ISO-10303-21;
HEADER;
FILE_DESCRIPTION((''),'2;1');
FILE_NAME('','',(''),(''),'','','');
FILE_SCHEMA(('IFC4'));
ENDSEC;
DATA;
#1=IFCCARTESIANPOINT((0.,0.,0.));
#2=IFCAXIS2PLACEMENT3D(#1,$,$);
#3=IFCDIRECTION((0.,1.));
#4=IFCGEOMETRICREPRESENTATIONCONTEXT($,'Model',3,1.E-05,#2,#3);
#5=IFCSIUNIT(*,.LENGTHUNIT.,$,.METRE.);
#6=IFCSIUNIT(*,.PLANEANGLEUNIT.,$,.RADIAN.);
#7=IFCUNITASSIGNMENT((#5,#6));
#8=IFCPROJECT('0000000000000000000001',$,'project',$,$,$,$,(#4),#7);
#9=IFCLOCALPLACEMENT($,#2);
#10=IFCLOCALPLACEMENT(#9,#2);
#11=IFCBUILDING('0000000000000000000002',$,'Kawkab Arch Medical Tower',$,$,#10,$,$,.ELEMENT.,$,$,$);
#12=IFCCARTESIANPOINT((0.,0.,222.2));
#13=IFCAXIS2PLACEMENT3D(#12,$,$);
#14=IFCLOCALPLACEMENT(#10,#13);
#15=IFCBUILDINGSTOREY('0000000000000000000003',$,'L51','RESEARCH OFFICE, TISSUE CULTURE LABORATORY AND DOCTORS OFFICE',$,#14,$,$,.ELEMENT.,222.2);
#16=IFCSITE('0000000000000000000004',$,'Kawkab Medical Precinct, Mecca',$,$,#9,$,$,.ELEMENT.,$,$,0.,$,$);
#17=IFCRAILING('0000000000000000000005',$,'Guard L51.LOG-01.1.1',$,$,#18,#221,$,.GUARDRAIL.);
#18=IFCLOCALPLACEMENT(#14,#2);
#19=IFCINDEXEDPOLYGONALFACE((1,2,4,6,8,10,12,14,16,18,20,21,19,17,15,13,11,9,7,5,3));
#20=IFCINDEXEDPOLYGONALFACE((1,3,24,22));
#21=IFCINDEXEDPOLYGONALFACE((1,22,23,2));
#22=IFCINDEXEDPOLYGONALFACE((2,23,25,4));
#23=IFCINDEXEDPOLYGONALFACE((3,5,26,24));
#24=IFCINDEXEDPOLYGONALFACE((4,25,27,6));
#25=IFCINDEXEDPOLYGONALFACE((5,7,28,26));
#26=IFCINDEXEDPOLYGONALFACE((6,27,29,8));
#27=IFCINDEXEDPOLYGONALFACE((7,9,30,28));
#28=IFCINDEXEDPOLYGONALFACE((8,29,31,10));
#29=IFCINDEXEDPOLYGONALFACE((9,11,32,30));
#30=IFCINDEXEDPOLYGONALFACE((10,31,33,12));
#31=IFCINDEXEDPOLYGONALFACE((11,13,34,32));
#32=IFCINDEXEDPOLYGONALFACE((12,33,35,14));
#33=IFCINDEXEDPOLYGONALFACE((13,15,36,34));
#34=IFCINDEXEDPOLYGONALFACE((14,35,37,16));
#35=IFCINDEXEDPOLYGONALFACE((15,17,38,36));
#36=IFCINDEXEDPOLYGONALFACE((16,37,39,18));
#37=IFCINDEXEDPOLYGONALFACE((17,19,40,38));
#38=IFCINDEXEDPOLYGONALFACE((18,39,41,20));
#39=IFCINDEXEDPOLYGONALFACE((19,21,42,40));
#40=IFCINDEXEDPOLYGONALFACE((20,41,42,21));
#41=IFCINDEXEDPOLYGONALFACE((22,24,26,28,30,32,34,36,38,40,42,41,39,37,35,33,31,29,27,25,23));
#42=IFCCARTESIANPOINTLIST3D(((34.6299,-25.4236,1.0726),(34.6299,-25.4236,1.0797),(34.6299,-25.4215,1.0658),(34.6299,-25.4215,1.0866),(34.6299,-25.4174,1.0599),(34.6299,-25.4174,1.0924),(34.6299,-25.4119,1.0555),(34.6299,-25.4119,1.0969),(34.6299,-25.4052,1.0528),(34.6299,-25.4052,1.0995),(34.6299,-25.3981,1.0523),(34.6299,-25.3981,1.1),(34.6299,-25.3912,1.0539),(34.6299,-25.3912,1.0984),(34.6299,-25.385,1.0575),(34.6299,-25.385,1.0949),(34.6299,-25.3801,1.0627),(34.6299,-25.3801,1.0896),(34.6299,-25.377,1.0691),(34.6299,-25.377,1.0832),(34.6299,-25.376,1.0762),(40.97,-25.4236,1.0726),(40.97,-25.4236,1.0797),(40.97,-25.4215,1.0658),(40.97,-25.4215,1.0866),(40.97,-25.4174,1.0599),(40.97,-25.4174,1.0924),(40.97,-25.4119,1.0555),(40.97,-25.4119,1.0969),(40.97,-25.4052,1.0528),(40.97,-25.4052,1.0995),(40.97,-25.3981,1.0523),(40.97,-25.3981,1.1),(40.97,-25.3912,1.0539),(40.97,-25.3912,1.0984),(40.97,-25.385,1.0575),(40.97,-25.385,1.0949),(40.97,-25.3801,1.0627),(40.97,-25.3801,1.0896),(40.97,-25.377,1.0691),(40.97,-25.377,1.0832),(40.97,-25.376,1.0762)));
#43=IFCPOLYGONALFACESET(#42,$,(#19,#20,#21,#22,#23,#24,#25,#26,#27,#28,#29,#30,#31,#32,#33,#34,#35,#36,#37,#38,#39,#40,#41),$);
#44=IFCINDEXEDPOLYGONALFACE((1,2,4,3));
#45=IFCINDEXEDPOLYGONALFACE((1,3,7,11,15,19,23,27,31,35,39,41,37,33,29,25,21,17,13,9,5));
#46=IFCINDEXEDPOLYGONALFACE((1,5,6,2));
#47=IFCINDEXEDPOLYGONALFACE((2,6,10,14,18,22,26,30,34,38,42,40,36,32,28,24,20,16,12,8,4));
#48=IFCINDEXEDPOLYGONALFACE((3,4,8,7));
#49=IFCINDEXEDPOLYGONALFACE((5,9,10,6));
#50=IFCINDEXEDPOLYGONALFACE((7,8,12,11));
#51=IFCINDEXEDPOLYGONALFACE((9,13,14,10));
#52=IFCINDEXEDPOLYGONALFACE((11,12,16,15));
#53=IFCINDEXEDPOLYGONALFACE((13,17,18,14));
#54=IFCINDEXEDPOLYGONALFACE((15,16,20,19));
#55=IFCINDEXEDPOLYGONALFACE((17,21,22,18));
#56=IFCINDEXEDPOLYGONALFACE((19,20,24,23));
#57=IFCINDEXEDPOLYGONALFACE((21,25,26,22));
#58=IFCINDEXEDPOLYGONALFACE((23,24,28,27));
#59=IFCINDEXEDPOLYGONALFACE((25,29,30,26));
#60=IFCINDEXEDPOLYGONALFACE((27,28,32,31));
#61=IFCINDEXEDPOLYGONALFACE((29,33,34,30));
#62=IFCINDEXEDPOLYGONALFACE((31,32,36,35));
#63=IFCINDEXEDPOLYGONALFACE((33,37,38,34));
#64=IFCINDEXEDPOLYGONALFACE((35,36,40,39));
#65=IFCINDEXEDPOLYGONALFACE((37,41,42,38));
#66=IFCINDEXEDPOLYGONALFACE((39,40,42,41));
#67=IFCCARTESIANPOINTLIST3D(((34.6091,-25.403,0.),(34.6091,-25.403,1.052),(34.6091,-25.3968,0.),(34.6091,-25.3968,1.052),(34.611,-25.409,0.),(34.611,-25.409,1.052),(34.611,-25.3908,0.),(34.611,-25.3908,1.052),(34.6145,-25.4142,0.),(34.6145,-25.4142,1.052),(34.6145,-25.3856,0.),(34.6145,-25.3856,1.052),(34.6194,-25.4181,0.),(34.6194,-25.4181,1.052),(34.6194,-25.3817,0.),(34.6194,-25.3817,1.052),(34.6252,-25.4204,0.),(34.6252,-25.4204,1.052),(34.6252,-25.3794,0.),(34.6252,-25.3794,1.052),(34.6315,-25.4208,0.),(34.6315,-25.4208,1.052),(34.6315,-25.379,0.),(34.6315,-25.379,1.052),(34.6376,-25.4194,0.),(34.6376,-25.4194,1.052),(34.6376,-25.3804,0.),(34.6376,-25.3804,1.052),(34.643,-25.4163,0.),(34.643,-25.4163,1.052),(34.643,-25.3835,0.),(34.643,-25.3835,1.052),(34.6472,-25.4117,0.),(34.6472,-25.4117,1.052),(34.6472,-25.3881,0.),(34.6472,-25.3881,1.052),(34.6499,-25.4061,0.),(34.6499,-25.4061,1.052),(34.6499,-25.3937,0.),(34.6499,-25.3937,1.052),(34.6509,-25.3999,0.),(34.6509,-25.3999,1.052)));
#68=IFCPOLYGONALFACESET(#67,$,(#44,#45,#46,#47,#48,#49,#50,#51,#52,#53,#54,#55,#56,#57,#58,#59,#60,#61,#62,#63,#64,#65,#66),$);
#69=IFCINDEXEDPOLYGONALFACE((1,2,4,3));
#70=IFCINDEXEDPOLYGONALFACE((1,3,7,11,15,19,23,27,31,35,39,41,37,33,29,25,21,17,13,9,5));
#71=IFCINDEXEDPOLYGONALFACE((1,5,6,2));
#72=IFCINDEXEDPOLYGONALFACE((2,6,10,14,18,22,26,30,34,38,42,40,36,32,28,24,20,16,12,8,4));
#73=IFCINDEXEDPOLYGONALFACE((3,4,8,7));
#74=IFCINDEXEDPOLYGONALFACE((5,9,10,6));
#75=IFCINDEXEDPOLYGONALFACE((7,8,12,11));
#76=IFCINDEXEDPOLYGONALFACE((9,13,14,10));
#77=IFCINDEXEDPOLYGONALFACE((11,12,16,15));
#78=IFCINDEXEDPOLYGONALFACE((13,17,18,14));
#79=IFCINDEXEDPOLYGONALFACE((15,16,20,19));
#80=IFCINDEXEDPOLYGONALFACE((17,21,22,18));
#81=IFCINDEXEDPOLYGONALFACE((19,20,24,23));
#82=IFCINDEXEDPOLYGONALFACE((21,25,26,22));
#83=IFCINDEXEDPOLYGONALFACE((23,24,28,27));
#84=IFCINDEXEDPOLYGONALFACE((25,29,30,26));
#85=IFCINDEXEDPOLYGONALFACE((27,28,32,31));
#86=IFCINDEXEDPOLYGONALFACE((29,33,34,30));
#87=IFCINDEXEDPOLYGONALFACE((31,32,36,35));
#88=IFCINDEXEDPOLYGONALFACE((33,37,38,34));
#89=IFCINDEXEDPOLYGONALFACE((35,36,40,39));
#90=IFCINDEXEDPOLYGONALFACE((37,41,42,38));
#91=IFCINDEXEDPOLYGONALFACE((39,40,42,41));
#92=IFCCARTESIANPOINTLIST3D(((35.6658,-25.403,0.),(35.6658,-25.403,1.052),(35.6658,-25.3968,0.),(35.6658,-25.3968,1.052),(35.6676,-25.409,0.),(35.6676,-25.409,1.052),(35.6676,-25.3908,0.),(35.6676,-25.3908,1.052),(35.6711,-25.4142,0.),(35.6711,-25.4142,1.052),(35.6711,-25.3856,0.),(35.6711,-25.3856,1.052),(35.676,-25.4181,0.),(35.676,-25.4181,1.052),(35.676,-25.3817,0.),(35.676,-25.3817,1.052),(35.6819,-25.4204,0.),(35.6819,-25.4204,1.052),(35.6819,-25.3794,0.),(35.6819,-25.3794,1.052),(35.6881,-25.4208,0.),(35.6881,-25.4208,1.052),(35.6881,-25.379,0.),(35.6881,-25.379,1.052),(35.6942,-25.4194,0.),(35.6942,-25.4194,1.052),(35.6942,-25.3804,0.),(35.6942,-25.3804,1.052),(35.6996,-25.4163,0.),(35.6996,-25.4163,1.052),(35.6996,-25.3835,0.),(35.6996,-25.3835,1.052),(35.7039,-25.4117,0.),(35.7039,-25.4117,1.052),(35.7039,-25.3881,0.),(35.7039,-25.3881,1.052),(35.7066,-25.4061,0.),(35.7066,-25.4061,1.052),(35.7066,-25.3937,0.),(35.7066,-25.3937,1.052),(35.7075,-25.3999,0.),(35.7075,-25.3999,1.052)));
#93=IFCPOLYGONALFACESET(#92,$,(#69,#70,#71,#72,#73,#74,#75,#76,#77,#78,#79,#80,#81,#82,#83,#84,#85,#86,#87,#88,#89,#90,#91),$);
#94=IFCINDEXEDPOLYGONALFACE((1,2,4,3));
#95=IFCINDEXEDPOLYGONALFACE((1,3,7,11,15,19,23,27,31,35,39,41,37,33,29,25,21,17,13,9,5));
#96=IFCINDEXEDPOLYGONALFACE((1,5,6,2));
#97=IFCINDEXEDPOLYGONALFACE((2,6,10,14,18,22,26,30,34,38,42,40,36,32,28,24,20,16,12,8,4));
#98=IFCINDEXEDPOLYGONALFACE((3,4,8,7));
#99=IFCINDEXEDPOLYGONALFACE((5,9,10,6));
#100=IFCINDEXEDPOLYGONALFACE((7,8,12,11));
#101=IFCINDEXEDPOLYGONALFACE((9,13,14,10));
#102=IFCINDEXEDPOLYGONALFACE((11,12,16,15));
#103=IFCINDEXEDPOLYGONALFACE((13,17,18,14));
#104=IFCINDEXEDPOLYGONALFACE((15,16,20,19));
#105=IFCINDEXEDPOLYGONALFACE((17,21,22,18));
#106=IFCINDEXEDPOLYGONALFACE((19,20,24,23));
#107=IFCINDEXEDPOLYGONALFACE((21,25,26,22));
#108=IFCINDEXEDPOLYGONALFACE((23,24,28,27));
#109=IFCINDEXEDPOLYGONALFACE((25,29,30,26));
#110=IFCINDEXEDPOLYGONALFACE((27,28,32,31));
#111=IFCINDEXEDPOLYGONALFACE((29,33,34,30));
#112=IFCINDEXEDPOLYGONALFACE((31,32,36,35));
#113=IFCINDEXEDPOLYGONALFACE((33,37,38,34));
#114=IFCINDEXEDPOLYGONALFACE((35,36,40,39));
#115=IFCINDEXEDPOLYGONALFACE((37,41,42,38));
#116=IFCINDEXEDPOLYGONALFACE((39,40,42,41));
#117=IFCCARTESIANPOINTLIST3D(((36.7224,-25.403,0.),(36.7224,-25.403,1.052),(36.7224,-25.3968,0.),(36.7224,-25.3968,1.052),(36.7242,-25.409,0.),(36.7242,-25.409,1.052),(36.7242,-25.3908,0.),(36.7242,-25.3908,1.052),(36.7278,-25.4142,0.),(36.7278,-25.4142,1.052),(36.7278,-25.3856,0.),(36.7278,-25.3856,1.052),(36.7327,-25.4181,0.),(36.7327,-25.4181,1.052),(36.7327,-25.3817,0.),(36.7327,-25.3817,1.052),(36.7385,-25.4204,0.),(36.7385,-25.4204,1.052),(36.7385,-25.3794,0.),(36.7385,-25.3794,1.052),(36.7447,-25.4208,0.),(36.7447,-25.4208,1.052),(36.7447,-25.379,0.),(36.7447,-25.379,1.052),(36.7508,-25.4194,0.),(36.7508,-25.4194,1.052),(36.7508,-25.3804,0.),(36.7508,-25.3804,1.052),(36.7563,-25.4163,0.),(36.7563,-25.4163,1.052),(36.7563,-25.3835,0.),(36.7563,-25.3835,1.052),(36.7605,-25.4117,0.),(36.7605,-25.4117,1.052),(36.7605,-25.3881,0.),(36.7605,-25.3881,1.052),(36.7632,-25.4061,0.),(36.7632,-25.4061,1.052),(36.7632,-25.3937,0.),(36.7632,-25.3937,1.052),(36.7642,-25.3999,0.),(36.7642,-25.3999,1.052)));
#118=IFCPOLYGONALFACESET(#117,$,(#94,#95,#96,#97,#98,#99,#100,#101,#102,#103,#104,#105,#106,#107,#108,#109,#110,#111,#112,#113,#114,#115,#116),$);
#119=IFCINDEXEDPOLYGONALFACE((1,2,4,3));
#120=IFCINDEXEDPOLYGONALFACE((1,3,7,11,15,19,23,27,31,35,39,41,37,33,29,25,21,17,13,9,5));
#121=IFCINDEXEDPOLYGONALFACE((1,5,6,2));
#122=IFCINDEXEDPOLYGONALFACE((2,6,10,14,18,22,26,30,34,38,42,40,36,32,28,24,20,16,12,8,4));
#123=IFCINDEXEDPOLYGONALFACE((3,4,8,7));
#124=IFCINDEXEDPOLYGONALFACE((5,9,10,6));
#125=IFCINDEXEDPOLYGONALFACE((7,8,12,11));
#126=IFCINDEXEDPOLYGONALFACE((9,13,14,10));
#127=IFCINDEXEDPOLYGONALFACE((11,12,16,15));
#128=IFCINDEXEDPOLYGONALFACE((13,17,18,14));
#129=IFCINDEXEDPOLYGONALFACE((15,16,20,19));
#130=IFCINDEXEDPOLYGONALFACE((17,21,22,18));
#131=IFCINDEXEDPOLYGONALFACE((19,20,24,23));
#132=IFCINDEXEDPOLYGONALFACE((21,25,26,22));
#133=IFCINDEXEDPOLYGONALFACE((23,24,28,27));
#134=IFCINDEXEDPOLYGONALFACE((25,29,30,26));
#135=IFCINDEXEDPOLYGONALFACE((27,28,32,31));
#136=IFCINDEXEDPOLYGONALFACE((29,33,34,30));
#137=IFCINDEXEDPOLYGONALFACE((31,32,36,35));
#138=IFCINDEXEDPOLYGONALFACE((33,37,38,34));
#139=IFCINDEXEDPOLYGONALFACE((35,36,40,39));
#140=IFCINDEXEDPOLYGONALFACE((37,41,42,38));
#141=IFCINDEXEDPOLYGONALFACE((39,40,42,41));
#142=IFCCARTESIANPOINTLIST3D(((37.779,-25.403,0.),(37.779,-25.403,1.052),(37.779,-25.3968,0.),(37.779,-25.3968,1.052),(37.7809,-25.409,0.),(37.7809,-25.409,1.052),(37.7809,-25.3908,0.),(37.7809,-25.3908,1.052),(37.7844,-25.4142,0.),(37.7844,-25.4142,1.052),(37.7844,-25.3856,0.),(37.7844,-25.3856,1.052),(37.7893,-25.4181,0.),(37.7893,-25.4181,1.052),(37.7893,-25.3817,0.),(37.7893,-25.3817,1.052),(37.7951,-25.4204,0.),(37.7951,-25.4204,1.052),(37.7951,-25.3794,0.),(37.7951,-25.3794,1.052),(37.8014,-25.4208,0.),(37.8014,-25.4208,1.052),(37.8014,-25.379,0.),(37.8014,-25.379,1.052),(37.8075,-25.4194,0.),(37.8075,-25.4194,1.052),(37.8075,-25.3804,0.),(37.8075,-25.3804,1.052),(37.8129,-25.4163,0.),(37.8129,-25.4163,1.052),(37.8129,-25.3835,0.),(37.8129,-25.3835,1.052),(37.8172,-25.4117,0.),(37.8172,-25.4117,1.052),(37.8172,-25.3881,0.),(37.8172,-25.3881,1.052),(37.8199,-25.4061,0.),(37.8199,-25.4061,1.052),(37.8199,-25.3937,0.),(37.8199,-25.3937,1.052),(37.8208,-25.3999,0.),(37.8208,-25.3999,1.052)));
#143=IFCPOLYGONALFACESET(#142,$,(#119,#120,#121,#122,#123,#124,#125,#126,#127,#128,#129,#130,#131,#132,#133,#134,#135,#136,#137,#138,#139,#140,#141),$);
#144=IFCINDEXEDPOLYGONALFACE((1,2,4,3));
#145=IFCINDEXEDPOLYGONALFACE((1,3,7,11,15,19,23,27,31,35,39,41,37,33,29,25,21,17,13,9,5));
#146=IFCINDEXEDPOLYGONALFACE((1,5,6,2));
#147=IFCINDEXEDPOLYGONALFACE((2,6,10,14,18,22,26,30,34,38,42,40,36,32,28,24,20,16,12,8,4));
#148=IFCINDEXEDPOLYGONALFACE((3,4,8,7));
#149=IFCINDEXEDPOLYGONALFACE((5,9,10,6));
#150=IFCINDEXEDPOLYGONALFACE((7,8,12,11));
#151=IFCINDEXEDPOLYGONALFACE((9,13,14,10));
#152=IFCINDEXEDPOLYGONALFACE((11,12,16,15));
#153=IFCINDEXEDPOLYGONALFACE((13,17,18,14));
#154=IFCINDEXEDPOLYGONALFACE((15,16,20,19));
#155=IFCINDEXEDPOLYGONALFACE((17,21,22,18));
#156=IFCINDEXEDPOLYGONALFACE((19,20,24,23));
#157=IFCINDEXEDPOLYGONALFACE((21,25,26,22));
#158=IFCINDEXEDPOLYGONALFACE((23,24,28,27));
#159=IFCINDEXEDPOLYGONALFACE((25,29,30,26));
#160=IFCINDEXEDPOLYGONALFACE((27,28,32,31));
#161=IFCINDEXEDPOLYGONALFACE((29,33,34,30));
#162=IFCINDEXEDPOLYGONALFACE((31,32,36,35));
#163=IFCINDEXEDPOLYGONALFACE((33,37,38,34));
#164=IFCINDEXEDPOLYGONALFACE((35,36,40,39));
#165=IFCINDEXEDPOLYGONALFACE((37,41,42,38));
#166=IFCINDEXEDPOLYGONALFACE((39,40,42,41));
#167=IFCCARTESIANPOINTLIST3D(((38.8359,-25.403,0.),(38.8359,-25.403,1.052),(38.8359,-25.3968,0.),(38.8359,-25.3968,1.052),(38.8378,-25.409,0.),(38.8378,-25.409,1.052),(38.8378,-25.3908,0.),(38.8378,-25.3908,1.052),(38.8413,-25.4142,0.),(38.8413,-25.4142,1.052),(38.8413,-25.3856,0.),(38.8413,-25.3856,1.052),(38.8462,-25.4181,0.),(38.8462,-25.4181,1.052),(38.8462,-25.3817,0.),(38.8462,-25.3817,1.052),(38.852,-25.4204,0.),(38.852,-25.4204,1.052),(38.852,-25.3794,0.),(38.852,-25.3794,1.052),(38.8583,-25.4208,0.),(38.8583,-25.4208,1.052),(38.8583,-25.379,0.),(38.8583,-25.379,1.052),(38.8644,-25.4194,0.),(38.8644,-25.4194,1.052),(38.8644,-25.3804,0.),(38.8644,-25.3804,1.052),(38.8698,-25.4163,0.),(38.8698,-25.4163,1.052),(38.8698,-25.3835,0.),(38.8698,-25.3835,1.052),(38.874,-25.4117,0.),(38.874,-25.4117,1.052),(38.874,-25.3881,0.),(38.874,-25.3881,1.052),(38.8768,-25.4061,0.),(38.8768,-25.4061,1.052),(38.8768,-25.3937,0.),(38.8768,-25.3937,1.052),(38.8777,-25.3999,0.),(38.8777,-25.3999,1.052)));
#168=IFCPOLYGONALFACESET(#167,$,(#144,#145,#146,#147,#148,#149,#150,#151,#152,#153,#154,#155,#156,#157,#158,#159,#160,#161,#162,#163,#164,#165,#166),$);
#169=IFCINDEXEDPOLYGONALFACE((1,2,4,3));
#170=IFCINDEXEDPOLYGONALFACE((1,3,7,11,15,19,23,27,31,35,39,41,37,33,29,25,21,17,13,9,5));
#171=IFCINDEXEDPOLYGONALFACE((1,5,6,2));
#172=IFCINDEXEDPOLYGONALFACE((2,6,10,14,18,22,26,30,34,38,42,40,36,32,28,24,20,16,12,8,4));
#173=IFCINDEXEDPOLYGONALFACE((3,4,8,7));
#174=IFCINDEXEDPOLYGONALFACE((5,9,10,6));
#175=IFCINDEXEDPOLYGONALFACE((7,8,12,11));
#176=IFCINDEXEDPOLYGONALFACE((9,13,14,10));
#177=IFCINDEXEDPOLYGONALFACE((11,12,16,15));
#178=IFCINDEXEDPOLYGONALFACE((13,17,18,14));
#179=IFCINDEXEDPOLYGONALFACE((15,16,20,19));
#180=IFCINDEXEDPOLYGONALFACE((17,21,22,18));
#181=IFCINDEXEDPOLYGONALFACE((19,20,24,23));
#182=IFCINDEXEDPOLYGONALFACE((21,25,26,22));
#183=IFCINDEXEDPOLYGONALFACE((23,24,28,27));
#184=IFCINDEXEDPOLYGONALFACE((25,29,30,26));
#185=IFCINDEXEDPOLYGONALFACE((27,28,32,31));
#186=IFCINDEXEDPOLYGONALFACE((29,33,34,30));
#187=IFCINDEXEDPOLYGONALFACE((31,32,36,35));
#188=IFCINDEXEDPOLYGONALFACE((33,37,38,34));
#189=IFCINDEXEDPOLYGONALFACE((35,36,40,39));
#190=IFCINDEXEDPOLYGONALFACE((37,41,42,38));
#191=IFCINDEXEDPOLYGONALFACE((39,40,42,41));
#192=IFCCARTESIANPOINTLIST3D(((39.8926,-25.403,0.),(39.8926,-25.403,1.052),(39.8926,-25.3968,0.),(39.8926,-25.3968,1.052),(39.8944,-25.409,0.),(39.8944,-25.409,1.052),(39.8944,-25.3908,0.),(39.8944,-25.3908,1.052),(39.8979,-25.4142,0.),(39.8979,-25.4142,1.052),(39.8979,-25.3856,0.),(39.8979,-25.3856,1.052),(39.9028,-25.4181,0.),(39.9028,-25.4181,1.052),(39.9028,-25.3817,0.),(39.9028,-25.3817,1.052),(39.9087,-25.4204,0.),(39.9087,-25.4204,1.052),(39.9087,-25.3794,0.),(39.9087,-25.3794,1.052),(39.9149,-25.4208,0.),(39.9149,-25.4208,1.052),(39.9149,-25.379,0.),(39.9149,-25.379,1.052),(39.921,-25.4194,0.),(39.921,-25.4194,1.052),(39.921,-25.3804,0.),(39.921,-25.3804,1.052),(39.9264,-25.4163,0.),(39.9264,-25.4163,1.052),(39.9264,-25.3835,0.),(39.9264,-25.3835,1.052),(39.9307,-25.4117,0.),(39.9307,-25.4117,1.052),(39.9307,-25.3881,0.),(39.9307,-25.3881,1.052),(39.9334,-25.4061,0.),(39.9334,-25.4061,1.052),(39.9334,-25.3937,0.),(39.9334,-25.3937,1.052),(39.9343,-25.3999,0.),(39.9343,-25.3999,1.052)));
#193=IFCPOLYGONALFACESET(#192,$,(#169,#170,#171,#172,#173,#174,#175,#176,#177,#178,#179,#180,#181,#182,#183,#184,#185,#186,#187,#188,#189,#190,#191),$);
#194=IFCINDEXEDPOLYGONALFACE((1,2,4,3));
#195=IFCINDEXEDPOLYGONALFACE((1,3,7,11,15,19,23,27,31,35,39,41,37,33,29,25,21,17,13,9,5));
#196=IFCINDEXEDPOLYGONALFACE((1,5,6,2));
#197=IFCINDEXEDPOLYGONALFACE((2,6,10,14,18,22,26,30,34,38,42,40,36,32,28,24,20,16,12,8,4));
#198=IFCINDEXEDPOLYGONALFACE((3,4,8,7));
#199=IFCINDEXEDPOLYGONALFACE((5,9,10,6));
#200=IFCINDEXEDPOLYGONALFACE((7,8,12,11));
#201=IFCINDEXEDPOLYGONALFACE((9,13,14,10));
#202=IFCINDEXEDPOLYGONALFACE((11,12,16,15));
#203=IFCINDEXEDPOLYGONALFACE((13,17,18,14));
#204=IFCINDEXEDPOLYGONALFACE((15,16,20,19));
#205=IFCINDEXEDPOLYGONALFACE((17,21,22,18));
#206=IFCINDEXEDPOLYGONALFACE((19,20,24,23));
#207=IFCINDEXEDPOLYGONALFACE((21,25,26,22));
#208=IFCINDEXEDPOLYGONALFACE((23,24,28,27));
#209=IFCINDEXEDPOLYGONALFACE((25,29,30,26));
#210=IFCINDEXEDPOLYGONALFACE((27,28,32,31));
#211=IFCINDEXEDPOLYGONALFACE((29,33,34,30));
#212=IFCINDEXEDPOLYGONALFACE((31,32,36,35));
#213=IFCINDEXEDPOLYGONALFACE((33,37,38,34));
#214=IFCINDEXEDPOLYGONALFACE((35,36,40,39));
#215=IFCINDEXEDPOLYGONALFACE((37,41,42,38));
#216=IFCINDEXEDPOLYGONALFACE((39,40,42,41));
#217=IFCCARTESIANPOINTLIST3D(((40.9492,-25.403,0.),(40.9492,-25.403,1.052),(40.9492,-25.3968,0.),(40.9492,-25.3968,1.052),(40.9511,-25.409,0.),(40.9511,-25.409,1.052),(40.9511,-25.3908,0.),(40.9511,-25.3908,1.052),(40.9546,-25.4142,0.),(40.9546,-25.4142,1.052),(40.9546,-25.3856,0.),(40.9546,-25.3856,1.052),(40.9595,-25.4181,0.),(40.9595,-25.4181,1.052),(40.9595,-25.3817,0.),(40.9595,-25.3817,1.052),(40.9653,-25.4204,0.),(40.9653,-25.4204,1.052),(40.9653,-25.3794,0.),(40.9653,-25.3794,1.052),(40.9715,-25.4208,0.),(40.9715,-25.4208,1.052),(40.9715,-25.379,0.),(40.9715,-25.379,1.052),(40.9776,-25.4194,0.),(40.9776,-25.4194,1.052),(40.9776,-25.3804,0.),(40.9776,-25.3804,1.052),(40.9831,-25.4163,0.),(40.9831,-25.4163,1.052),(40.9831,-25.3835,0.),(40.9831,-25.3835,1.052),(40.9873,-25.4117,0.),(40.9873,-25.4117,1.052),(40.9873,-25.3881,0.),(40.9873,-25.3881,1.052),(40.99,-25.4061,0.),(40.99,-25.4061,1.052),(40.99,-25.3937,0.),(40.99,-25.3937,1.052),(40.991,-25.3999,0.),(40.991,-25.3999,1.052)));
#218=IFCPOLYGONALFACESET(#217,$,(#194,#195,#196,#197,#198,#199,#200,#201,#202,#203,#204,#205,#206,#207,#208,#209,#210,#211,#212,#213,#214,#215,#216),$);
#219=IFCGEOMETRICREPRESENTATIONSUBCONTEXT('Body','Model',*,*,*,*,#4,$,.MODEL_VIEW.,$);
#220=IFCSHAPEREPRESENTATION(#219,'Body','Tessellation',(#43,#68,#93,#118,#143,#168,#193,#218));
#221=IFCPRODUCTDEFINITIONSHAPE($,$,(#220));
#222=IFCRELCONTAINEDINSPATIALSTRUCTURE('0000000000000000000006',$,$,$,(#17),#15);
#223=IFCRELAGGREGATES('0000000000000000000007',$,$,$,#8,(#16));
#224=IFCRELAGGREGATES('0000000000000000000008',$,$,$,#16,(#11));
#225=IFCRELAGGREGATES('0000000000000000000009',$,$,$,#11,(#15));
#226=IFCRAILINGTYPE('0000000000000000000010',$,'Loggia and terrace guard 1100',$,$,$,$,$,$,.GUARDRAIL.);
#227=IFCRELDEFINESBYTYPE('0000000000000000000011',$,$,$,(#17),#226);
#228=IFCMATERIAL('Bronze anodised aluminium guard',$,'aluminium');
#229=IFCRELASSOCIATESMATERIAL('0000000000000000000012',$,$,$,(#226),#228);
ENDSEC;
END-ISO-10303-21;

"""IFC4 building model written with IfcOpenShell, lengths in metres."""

from ifc_helpers import new_model, si_unit, direction, frame, origin, origin_2d, place, context, subcontext, project, spatial, circle, extrude, material, type_object, element, save


model = new_model("IFC4")

# Units and contexts
model_context = context("Model", 3, precision=1e-05, world=origin(), true_north=direction((0.0, 1.0)))
body_context = subcontext(model_context, "Body", "Model", "MODEL_VIEW")
ifc_project = project(units=[si_unit("LENGTHUNIT", "METRE"), si_unit("PLANEANGLEUNIT", "RADIAN")], contexts=[model_context])

# Site, building, storey
site_placement = place(None, origin())
site = spatial("IfcSite", under=ifc_project, at=site_placement, Name="Kawkab Medical Precinct, Mecca", CompositionType="ELEMENT", RefElevation=0.0)
building_placement = place(site_placement, origin())
building = spatial("IfcBuilding", under=site, at=building_placement, Name="Kawkab Arch Medical Tower", CompositionType="ELEMENT")
storey_placement = place(building_placement, frame((0.0, 0.0, 222.2)))
storey = spatial("IfcBuildingStorey", under=building, at=storey_placement, Name="L51", Description="RESEARCH OFFICE, TISSUE CULTURE LABORATORY AND DOCTORS OFFICE", CompositionType="ELEMENT", Elevation=222.2)

# Railing
ifc_material_1 = material(Name="Bronze anodised aluminium guard", Category="aluminium")
railing_type_1 = type_object("IfcRailingType", Name="Loggia and terrace guard 1100", PredefinedType="GUARDRAIL", material=ifc_material_1)
railing_1_placement = place(storey_placement, frame((34.6299, -25.3999, 0.0)))
element("IfcRailing", 1, at=railing_1_placement, inside=storey, type_object=railing_type_1, Name="Guard L51.LOG-01.1.1", PredefinedType="GUARDRAIL", context=body_context, shape_type="SweptSolid", body=[
    extrude(circle(Radius=0.0239, at=origin_2d()), frame((0.0, 0.0, 1.0762), z_axis=(1.0, 0.0, 0.0), x_axis=(0.0, 1.0, 0.0)), (0.0, 0.0, 1.0), 6.3401),
    extrude(circle(Radius=0.021, at=origin_2d()), origin(), (0.0, 0.0, 1.0), 1.052),
    extrude(circle(Radius=0.021, at=origin_2d()), frame((1.0566, 0.0, 0.0)), (0.0, 0.0, 1.0), 1.052),
    extrude(circle(Radius=0.021, at=origin_2d()), frame((2.1133, 0.0, 0.0)), (0.0, 0.0, 1.0), 1.052),
    extrude(circle(Radius=0.021, at=origin_2d()), frame((3.1699, 0.0, 0.0)), (0.0, 0.0, 1.0), 1.052),
    extrude(circle(Radius=0.021, at=origin_2d()), frame((4.2268, 0.0, 0.0)), (0.0, 0.0, 1.0), 1.052),
    extrude(circle(Radius=0.021, at=origin_2d()), frame((5.2834, 0.0, 0.0)), (0.0, 0.0, 1.0), 1.052),
    extrude(circle(Radius=0.021, at=origin_2d()), frame((6.3401, 0.0, 0.0)), (0.0, 0.0, 1.0), 1.052),
])

save(model, "model.ifc")
